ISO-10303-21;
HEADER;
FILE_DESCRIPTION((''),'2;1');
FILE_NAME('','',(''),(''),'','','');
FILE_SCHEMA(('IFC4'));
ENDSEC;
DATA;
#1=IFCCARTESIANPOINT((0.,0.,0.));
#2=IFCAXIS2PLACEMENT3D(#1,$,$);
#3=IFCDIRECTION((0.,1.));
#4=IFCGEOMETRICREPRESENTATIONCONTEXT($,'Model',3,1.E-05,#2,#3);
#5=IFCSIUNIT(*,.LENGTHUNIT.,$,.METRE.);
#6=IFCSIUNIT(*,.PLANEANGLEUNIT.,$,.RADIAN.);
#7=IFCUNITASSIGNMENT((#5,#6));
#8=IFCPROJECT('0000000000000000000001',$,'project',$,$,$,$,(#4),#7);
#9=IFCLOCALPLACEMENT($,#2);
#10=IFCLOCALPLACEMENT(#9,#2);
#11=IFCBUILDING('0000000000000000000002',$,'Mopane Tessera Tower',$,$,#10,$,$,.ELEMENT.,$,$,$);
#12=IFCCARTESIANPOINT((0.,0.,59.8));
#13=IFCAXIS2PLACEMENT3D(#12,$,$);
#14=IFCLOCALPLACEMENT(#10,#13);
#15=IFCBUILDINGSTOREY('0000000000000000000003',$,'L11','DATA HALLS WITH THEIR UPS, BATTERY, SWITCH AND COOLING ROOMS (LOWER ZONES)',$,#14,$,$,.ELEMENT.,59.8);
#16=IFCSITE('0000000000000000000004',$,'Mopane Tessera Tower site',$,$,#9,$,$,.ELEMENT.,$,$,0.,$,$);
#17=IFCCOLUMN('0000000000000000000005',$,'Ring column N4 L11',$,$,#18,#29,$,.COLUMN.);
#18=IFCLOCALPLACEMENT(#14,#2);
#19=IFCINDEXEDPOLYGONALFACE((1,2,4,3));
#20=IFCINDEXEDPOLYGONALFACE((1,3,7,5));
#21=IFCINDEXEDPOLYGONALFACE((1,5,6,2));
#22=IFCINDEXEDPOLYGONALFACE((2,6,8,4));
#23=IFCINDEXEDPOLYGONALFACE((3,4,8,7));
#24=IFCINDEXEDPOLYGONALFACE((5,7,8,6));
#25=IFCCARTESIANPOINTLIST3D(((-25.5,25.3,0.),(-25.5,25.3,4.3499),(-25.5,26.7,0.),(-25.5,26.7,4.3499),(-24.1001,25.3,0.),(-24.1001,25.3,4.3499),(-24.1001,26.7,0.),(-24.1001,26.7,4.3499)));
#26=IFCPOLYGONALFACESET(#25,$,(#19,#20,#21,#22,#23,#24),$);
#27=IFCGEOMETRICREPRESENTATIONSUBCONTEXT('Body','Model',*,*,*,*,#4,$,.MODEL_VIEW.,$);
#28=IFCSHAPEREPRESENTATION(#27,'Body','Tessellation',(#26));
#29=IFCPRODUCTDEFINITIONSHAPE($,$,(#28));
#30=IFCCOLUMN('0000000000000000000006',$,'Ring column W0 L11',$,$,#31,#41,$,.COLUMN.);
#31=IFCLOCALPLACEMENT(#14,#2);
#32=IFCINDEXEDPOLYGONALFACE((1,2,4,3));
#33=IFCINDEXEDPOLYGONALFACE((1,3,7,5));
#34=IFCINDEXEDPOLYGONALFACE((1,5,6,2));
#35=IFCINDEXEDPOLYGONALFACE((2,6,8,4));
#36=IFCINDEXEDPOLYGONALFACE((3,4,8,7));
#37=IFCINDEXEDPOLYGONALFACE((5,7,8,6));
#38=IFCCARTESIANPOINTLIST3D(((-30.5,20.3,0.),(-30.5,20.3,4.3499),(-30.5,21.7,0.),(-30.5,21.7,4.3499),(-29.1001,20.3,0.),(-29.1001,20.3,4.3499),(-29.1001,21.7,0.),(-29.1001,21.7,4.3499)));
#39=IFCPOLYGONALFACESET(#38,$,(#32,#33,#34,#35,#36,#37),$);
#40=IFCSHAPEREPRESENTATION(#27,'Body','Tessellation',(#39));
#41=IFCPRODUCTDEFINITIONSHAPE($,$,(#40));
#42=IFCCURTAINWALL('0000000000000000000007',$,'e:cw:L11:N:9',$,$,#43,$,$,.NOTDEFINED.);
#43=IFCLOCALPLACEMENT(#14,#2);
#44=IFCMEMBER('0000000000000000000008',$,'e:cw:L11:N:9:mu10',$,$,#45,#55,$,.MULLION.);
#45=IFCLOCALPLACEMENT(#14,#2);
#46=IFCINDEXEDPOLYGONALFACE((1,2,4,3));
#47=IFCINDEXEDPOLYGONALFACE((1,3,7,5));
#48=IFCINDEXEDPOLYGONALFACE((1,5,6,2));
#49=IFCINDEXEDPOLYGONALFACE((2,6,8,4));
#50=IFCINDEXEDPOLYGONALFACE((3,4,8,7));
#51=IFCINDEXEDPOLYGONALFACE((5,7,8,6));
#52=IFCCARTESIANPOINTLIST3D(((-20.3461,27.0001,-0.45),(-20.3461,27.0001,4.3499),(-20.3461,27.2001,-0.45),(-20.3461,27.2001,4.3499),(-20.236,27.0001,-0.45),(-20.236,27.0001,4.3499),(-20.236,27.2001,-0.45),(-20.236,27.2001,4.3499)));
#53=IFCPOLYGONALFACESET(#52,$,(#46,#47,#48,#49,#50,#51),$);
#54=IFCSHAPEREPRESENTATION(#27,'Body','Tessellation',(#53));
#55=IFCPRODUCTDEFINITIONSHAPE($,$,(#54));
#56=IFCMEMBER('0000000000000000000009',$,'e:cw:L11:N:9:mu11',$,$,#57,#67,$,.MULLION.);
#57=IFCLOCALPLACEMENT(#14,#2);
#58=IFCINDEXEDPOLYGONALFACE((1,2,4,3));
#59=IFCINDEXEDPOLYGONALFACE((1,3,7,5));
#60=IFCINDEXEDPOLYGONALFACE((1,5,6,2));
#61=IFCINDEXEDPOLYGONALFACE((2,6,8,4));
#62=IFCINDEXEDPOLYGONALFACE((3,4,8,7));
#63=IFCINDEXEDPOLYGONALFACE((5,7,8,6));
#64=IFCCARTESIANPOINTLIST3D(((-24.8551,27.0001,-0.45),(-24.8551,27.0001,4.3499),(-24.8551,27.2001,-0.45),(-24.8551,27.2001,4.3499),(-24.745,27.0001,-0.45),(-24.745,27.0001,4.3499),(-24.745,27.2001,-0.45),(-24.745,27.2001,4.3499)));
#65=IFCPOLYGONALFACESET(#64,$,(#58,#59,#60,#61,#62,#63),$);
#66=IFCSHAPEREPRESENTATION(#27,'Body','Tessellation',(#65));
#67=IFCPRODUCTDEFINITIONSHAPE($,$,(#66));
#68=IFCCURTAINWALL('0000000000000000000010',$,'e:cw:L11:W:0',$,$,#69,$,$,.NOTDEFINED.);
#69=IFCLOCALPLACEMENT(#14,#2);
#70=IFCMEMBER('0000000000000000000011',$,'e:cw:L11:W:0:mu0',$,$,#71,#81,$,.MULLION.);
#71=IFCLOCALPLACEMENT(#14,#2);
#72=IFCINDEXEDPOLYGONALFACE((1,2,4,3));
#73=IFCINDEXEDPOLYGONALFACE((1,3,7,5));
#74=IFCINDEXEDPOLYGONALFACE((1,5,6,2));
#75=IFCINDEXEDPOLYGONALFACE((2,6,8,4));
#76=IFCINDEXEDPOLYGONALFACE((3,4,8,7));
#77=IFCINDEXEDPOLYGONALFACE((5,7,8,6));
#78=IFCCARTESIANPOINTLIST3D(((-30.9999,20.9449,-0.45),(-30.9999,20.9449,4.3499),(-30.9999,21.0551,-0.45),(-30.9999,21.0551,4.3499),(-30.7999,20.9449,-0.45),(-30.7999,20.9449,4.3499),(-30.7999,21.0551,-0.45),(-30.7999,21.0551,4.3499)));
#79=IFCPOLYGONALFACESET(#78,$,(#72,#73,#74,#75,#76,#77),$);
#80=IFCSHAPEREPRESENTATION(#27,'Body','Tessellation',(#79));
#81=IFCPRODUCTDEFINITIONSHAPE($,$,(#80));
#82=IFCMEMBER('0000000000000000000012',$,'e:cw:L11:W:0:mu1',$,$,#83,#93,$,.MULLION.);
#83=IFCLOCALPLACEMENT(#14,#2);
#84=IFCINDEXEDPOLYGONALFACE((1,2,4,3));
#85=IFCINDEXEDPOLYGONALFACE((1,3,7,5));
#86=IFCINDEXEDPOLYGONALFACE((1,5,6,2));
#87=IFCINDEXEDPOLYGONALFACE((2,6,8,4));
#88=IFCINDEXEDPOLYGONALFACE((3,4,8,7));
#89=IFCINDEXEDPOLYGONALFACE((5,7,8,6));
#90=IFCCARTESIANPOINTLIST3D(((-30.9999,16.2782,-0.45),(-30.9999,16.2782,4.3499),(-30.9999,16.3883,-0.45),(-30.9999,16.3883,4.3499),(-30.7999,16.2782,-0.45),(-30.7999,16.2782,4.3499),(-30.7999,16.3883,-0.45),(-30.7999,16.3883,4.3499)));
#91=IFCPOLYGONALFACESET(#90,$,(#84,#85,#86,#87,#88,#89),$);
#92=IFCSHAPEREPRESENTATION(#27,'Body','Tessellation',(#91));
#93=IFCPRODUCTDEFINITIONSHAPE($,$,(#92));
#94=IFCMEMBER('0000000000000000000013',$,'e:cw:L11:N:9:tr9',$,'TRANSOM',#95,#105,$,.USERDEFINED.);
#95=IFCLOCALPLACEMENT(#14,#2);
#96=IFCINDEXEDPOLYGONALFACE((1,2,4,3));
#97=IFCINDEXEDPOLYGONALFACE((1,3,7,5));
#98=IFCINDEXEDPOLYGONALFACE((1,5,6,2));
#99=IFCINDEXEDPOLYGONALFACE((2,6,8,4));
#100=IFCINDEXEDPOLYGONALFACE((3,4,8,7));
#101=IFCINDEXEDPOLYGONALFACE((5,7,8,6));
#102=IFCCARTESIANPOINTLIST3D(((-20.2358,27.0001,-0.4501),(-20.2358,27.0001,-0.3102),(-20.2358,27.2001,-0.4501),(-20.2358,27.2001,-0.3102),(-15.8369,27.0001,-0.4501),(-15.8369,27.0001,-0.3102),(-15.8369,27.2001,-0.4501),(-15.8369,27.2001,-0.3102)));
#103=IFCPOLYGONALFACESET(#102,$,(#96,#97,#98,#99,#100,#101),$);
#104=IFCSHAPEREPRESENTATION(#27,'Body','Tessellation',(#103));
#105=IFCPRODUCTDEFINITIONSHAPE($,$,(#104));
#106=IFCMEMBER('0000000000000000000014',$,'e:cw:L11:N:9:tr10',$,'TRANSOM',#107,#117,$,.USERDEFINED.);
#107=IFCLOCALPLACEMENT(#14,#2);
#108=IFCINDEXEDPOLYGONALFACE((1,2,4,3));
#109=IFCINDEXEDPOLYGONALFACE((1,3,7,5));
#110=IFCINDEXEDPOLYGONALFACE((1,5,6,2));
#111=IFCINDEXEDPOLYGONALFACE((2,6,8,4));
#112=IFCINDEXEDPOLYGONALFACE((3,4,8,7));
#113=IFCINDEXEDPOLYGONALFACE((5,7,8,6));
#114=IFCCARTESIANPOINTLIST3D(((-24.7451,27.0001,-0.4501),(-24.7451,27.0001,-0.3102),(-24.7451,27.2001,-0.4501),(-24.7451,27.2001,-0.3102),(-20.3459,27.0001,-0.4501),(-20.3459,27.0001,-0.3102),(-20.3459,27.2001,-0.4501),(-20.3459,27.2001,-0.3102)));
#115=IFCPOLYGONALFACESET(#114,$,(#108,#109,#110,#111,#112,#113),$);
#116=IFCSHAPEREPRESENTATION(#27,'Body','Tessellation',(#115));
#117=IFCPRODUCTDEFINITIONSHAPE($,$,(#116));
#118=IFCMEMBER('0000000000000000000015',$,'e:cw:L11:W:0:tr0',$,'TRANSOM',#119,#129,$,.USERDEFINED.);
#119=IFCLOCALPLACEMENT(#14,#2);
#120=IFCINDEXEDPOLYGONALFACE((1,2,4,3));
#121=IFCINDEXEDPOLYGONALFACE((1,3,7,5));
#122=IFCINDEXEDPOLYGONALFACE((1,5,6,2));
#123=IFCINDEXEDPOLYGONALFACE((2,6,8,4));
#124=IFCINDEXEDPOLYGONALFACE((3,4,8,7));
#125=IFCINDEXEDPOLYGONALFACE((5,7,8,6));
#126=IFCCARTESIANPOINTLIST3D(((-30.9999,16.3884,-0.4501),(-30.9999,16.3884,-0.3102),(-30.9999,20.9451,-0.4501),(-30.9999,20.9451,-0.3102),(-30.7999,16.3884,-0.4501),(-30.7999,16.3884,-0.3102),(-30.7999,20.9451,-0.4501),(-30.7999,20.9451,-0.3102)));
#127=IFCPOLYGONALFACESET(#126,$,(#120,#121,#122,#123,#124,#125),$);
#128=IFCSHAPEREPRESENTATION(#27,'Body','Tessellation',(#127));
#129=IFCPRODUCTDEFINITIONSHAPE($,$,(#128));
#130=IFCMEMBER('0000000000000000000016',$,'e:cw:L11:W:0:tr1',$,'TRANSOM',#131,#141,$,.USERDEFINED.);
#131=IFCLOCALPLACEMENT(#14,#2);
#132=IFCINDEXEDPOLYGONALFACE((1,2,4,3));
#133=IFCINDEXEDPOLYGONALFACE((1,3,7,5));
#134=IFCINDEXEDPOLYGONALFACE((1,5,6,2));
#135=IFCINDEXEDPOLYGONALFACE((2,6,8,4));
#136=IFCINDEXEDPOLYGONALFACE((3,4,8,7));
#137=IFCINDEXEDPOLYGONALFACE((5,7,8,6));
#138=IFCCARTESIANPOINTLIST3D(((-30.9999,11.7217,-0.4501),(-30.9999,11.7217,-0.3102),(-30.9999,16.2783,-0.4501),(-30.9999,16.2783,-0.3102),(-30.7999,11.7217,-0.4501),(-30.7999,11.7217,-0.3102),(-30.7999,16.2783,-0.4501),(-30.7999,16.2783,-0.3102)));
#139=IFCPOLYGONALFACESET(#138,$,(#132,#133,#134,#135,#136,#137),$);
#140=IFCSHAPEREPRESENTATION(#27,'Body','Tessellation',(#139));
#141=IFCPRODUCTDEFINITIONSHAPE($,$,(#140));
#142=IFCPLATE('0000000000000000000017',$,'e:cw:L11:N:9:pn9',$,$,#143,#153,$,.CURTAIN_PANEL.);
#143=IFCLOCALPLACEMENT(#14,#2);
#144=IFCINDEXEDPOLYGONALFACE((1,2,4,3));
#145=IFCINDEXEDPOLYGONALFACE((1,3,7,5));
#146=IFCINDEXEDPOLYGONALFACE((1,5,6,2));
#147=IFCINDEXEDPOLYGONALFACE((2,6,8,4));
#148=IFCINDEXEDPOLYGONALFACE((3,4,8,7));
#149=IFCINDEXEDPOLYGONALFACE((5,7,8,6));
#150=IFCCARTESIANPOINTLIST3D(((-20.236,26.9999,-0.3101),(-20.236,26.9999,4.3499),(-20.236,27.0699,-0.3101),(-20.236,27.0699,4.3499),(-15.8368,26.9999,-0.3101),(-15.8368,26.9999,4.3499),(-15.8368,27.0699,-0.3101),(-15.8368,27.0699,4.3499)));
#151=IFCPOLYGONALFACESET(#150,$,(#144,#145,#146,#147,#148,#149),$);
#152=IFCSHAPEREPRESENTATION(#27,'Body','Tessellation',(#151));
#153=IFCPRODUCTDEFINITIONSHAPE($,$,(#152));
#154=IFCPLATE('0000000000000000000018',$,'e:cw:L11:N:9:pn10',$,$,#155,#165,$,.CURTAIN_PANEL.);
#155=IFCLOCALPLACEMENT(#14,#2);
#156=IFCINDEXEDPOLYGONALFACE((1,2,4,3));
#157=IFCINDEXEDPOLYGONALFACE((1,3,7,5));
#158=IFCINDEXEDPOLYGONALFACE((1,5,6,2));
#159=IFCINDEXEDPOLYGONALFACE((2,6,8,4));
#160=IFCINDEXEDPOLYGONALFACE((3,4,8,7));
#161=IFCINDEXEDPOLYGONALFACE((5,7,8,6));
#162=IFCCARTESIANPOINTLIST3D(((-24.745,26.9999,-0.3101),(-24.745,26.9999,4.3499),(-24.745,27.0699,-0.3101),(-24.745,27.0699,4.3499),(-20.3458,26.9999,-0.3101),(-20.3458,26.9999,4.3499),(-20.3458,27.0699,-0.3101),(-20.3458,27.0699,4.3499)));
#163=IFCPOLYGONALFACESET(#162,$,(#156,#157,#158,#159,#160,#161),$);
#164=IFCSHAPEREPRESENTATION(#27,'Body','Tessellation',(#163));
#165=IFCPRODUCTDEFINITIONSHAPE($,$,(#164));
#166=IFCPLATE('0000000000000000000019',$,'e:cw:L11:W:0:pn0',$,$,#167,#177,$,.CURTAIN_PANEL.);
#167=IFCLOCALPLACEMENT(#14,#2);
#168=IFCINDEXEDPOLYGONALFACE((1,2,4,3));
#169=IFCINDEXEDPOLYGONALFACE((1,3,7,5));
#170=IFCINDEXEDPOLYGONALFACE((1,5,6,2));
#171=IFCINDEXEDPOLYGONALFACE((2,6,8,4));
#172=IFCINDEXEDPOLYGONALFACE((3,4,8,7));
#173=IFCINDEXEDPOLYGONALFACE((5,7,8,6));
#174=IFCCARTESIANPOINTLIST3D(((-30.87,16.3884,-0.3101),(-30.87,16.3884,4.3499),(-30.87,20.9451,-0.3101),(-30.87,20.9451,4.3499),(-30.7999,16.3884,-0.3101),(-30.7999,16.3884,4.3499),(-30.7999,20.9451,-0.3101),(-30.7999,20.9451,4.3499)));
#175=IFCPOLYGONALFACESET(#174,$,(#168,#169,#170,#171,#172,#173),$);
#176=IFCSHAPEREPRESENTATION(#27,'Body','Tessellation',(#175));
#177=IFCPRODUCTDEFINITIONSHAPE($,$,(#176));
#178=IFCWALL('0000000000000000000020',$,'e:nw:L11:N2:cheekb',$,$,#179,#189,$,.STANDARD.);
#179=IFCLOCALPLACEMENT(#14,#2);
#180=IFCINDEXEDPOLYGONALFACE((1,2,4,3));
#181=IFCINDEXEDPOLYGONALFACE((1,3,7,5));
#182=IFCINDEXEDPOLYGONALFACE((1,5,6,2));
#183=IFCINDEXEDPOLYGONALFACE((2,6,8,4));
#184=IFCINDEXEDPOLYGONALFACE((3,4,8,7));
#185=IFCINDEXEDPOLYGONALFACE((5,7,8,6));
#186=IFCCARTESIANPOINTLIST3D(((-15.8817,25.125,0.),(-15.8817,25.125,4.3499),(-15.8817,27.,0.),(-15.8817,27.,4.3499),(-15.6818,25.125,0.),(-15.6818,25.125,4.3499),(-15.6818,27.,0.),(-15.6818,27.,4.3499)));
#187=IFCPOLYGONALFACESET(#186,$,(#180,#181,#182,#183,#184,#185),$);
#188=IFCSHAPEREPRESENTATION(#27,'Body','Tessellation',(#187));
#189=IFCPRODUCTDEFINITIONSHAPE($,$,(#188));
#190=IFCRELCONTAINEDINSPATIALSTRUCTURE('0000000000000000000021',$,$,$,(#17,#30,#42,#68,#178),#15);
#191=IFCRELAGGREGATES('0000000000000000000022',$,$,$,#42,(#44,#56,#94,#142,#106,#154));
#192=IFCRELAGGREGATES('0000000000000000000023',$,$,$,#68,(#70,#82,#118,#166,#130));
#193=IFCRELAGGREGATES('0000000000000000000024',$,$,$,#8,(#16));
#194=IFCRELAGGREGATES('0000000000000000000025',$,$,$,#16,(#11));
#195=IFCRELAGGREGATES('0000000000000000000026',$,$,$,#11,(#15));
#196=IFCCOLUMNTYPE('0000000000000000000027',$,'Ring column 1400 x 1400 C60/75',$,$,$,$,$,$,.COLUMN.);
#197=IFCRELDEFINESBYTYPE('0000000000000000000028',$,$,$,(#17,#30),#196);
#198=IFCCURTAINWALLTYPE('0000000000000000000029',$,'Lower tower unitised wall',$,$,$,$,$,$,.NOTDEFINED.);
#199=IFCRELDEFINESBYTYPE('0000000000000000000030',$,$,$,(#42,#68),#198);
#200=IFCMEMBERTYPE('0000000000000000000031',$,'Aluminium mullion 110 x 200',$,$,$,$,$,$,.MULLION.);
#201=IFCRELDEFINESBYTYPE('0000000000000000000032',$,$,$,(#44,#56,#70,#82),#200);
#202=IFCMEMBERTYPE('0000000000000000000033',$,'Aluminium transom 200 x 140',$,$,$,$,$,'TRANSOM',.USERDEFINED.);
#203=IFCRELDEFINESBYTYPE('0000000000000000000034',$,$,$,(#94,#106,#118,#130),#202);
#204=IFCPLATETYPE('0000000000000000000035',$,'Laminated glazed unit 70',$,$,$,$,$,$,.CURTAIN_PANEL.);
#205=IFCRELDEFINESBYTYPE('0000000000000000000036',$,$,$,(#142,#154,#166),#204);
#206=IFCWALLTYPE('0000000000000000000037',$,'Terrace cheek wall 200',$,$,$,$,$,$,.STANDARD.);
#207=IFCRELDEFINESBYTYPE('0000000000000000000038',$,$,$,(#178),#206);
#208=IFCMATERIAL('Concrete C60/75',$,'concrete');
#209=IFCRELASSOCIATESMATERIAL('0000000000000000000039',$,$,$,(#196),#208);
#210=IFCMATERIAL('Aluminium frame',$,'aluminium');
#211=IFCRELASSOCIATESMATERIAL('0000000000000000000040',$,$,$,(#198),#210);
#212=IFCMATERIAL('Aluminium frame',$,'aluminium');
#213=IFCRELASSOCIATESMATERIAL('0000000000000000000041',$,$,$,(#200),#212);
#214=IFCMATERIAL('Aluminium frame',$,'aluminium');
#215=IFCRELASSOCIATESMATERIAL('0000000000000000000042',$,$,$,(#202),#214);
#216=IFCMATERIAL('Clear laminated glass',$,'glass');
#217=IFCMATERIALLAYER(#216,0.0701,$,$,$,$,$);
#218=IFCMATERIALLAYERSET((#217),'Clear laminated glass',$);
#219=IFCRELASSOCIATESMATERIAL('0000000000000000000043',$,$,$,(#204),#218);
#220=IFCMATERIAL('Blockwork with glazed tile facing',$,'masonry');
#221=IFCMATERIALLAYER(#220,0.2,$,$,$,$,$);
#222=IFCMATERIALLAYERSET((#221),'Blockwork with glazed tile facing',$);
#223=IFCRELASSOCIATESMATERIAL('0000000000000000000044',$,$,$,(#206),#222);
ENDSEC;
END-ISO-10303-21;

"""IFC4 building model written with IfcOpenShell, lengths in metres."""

from ifc_helpers import new_model, si_unit, direction, frame, frame_2d, origin, origin_2d, place, context, subcontext, project, spatial, rectangle, extrude, material, layer, layer_set, material_profile, profile_set, type_object, element, aggregate, save


model = new_model("IFC4")

# Units and contexts
model_context = context("Model", 3, precision=1e-05, world=origin(), true_north=direction((0.0, 1.0)))
body_context = subcontext(model_context, "Body", "Model", "MODEL_VIEW")
ifc_project = project(units=[si_unit("LENGTHUNIT", "METRE"), si_unit("PLANEANGLEUNIT", "RADIAN")], contexts=[model_context])

# Site, building, storey
site_placement = place(None, origin())
site = spatial("IfcSite", under=ifc_project, at=site_placement, Name="Mopane Tessera Tower site", CompositionType="ELEMENT", RefElevation=0.0)
building_placement = place(site_placement, origin())
building = spatial("IfcBuilding", under=site, at=building_placement, Name="Mopane Tessera Tower", CompositionType="ELEMENT")
storey_placement = place(building_placement, frame((0.0, 0.0, 59.8)))
storey = spatial("IfcBuildingStorey", under=building, at=storey_placement, Name="L11", Description="DATA HALLS WITH THEIR UPS, BATTERY, SWITCH AND COOLING ROOMS (LOWER ZONES)", CompositionType="ELEMENT", Elevation=59.8)

# Columns
ifc_material_1 = material(Name="Concrete C60/75", Category="concrete")
ifc_material_profile_1 = material_profile(ifc_material_1, rectangle(XDim=1.3999, YDim=1.3999, at=origin_2d()))
ifc_profile_set_1 = profile_set([ifc_material_profile_1], Name="Concrete C60/75")
column_type = type_object("IfcColumnType", Name="Ring column 1400 x 1400 C60/75", PredefinedType="COLUMN", material=ifc_profile_set_1)
for number, where, z_axis, x_axis, name in (
    (1, (-24.8, 26.0, 0.0), (0.0, 0.0, 1.0), (1.0, 0.0, 0.0), "Ring column N4 L11"),
    (2, (-29.8, 21.0, 0.0), (0.0, 0.0, 1.0), (1.0, 0.0, 0.0), "Ring column W0 L11"),
):
    element("IfcColumn", number, at=place(storey_placement, frame(where, z_axis=z_axis, x_axis=x_axis)), inside=storey, type_object=column_type, Name=name, PredefinedType="COLUMN", context=body_context, shape_type="SweptSolid", body=[
        extrude(rectangle(XDim=1.3999, YDim=1.3999, at=origin_2d()), origin(), (0.0, 0.0, 1.0), 4.3499),
    ])

# Curtain walls, members
ifc_material_2 = material(Name="Aluminium frame", Category="aluminium")
curtain_wall_type = type_object("IfcCurtainWallType", Name="Lower tower unitised wall", PredefinedType="NOTDEFINED", material=ifc_material_2)
curtain_wall_1_placement = place(storey_placement, origin())
curtain_wall_1 = element("IfcCurtainWall", 3, at=curtain_wall_1_placement, inside=storey, type_object=curtain_wall_type, Name="e:cw:L11:N:9", PredefinedType="NOTDEFINED")
ifc_material_3 = material(Name="Aluminium frame", Category="aluminium")
ifc_material_profile_2 = material_profile(ifc_material_3, rectangle(XDim=0.1101, YDim=0.2, at=origin_2d()))
ifc_profile_set_2 = profile_set([ifc_material_profile_2], Name="Aluminium frame")
member_type_1 = type_object("IfcMemberType", Name="Aluminium mullion 110 x 200", PredefinedType="MULLION", material=ifc_profile_set_2)
member_1_placement = place(storey_placement, frame((-20.291, 27.1001, -0.45), z_axis=(0.0, 0.0, 1.0), x_axis=(-1.0, 0.0, 0.0)))
member_1 = element("IfcMember", 4, at=member_1_placement, type_object=member_type_1, Name="e:cw:L11:N:9:mu10", PredefinedType="MULLION", context=body_context, shape_type="SweptSolid", body=[
    extrude(rectangle(XDim=0.1101, YDim=0.2, at=origin_2d()), origin(), (0.0, 0.0, 1.0), 4.7998),
])
member_2_placement = place(storey_placement, frame((-24.8, 27.1001, -0.45), z_axis=(0.0, 0.0, 1.0), x_axis=(-1.0, 0.0, 0.0)))
member_2 = element("IfcMember", 5, at=member_2_placement, type_object=member_type_1, Name="e:cw:L11:N:9:mu11", PredefinedType="MULLION", context=body_context, shape_type="SweptSolid", body=[
    extrude(rectangle(XDim=0.1101, YDim=0.2, at=origin_2d()), origin(), (0.0, 0.0, 1.0), 4.7998),
])
curtain_wall_2_placement = place(storey_placement, origin())
curtain_wall_2 = element("IfcCurtainWall", 6, at=curtain_wall_2_placement, inside=storey, type_object=curtain_wall_type, Name="e:cw:L11:W:0", PredefinedType="NOTDEFINED")
member_3_placement = place(storey_placement, frame((-30.8999, 21.0, -0.45), z_axis=(0.0, 0.0, 1.0), x_axis=(0.0, -1.0, 0.0)))
member_3 = element("IfcMember", 7, at=member_3_placement, type_object=member_type_1, Name="e:cw:L11:W:0:mu0", PredefinedType="MULLION", context=body_context, shape_type="SweptSolid", body=[
    extrude(rectangle(XDim=0.1101, YDim=0.2, at=origin_2d()), origin(), (0.0, 0.0, 1.0), 4.7998),
])
member_4_placement = place(storey_placement, frame((-30.8999, 16.3333, -0.45), z_axis=(0.0, 0.0, 1.0), x_axis=(0.0, -1.0, 0.0)))
member_4 = element("IfcMember", 8, at=member_4_placement, type_object=member_type_1, Name="e:cw:L11:W:0:mu1", PredefinedType="MULLION", context=body_context, shape_type="SweptSolid", body=[
    extrude(rectangle(XDim=0.1101, YDim=0.2, at=origin_2d()), origin(), (0.0, 0.0, 1.0), 4.7998),
])

# Members
ifc_material_4 = material(Name="Aluminium frame", Category="aluminium")
ifc_material_profile_3 = material_profile(ifc_material_4, rectangle(XDim=0.2, YDim=0.1399, at=origin_2d()))
ifc_profile_set_3 = profile_set([ifc_material_profile_3], Name="Aluminium frame")
member_type_2 = type_object("IfcMemberType", Name="Aluminium transom 200 x 140", ElementType="TRANSOM", PredefinedType="USERDEFINED", material=ifc_profile_set_3)
member_5_placement = place(storey_placement, frame((-15.8369, 27.1001, -0.3801), z_axis=(-1.0, 0.0, 0.0), x_axis=(0.0, -1.0, 0.0)))
member_5 = element("IfcMember", 9, at=member_5_placement, type_object=member_type_2, Name="e:cw:L11:N:9:tr9", ObjectType="TRANSOM", PredefinedType="USERDEFINED", context=body_context, shape_type="SweptSolid", body=[
    extrude(rectangle(XDim=0.2, YDim=0.1399, at=origin_2d()), origin(), (0.0, 0.0, 1.0), 4.3989),
])
member_6_placement = place(storey_placement, frame((-20.3459, 27.1001, -0.3801), z_axis=(-1.0, 0.0, 0.0), x_axis=(0.0, -1.0, 0.0)))
member_6 = element("IfcMember", 10, at=member_6_placement, type_object=member_type_2, Name="e:cw:L11:N:9:tr10", ObjectType="TRANSOM", PredefinedType="USERDEFINED", context=body_context, shape_type="SweptSolid", body=[
    extrude(rectangle(XDim=0.2, YDim=0.1399, at=origin_2d()), origin(), (0.0, 0.0, 1.0), 4.3992),
])
member_7_placement = place(storey_placement, frame((-30.8999, 20.9451, -0.3801), z_axis=(0.0, -1.0, 0.0), x_axis=(1.0, 0.0, 0.0)))
member_7 = element("IfcMember", 11, at=member_7_placement, type_object=member_type_2, Name="e:cw:L11:W:0:tr0", ObjectType="TRANSOM", PredefinedType="USERDEFINED", context=body_context, shape_type="SweptSolid", body=[
    extrude(rectangle(XDim=0.2, YDim=0.1399, at=origin_2d()), origin(), (0.0, 0.0, 1.0), 4.5566),
])
member_8_placement = place(storey_placement, frame((-30.8999, 16.2783, -0.3801), z_axis=(0.0, -1.0, 0.0), x_axis=(1.0, 0.0, 0.0)))
member_8 = element("IfcMember", 12, at=member_8_placement, type_object=member_type_2, Name="e:cw:L11:W:0:tr1", ObjectType="TRANSOM", PredefinedType="USERDEFINED", context=body_context, shape_type="SweptSolid", body=[
    extrude(rectangle(XDim=0.2, YDim=0.1399, at=origin_2d()), origin(), (0.0, 0.0, 1.0), 4.5566),
])

# Plates
ifc_material_5 = material(Name="Clear laminated glass", Category="glass")
ifc_layer_1 = layer(ifc_material_5, 0.0701)
ifc_layer_set_1 = layer_set([ifc_layer_1], Name="Clear laminated glass")
plate_type = type_object("IfcPlateType", Name="Laminated glazed unit 70", PredefinedType="CURTAIN_PANEL", material=ifc_layer_set_1)
plate_1_placement = place(storey_placement, frame((-18.0364, 27.0349, -0.3101), z_axis=(0.0, 0.0, 1.0), x_axis=(-1.0, 0.0, 0.0)))
plate_1 = element("IfcPlate", 13, at=plate_1_placement, type_object=plate_type, Name="e:cw:L11:N:9:pn9", PredefinedType="CURTAIN_PANEL", context=body_context, shape_type="SweptSolid", body=[
    extrude(rectangle(XDim=4.3992, YDim=0.0701, at=origin_2d()), origin(), (0.0, 0.0, 1.0), 4.6599),
])
plate_2_placement = place(storey_placement, frame((-22.5454, 27.0349, -0.3101), z_axis=(0.0, 0.0, 1.0), x_axis=(-1.0, 0.0, 0.0)))
plate_2 = element("IfcPlate", 14, at=plate_2_placement, type_object=plate_type, Name="e:cw:L11:N:9:pn10", PredefinedType="CURTAIN_PANEL", context=body_context, shape_type="SweptSolid", body=[
    extrude(rectangle(XDim=4.3992, YDim=0.0701, at=origin_2d()), origin(), (0.0, 0.0, 1.0), 4.6599),
])
aggregate(curtain_wall_1, [member_1, member_2, member_5, plate_1, member_6, plate_2])
plate_3_placement = place(storey_placement, frame((-30.835, 18.6667, -0.3101), z_axis=(0.0, 0.0, 1.0), x_axis=(0.0, -1.0, 0.0)))
plate_3 = element("IfcPlate", 15, at=plate_3_placement, type_object=plate_type, Name="e:cw:L11:W:0:pn0", PredefinedType="CURTAIN_PANEL", context=body_context, shape_type="SweptSolid", body=[
    extrude(rectangle(XDim=4.5566, YDim=0.0701, at=origin_2d()), origin(), (0.0, 0.0, 1.0), 4.6599),
])
aggregate(curtain_wall_2, [member_3, member_4, member_7, plate_3, member_8])

# Wall
ifc_material_6 = material(Name="Blockwork with glazed tile facing", Category="masonry")
ifc_layer_2 = layer(ifc_material_6, 0.2)
ifc_layer_set_2 = layer_set([ifc_layer_2], Name="Blockwork with glazed tile facing")
wall_type = type_object("IfcWallType", Name="Terrace cheek wall 200", PredefinedType="STANDARD", material=ifc_layer_set_2)
wall_placement = place(storey_placement, frame((-15.7817, 27.0, 0.0), z_axis=(0.0, 0.0, 1.0), x_axis=(0.0, -1.0, 0.0)))
element("IfcWall", 16, at=wall_placement, inside=storey, type_object=wall_type, Name="e:nw:L11:N2:cheekb", PredefinedType="STANDARD", context=body_context, shape_type="SweptSolid", body=[
    extrude(rectangle(XDim=1.875, YDim=0.2, at=frame_2d((0.9375, 0.0))), origin(), (0.0, 0.0, 1.0), 4.3499),
])

save(model, "model.ifc")
